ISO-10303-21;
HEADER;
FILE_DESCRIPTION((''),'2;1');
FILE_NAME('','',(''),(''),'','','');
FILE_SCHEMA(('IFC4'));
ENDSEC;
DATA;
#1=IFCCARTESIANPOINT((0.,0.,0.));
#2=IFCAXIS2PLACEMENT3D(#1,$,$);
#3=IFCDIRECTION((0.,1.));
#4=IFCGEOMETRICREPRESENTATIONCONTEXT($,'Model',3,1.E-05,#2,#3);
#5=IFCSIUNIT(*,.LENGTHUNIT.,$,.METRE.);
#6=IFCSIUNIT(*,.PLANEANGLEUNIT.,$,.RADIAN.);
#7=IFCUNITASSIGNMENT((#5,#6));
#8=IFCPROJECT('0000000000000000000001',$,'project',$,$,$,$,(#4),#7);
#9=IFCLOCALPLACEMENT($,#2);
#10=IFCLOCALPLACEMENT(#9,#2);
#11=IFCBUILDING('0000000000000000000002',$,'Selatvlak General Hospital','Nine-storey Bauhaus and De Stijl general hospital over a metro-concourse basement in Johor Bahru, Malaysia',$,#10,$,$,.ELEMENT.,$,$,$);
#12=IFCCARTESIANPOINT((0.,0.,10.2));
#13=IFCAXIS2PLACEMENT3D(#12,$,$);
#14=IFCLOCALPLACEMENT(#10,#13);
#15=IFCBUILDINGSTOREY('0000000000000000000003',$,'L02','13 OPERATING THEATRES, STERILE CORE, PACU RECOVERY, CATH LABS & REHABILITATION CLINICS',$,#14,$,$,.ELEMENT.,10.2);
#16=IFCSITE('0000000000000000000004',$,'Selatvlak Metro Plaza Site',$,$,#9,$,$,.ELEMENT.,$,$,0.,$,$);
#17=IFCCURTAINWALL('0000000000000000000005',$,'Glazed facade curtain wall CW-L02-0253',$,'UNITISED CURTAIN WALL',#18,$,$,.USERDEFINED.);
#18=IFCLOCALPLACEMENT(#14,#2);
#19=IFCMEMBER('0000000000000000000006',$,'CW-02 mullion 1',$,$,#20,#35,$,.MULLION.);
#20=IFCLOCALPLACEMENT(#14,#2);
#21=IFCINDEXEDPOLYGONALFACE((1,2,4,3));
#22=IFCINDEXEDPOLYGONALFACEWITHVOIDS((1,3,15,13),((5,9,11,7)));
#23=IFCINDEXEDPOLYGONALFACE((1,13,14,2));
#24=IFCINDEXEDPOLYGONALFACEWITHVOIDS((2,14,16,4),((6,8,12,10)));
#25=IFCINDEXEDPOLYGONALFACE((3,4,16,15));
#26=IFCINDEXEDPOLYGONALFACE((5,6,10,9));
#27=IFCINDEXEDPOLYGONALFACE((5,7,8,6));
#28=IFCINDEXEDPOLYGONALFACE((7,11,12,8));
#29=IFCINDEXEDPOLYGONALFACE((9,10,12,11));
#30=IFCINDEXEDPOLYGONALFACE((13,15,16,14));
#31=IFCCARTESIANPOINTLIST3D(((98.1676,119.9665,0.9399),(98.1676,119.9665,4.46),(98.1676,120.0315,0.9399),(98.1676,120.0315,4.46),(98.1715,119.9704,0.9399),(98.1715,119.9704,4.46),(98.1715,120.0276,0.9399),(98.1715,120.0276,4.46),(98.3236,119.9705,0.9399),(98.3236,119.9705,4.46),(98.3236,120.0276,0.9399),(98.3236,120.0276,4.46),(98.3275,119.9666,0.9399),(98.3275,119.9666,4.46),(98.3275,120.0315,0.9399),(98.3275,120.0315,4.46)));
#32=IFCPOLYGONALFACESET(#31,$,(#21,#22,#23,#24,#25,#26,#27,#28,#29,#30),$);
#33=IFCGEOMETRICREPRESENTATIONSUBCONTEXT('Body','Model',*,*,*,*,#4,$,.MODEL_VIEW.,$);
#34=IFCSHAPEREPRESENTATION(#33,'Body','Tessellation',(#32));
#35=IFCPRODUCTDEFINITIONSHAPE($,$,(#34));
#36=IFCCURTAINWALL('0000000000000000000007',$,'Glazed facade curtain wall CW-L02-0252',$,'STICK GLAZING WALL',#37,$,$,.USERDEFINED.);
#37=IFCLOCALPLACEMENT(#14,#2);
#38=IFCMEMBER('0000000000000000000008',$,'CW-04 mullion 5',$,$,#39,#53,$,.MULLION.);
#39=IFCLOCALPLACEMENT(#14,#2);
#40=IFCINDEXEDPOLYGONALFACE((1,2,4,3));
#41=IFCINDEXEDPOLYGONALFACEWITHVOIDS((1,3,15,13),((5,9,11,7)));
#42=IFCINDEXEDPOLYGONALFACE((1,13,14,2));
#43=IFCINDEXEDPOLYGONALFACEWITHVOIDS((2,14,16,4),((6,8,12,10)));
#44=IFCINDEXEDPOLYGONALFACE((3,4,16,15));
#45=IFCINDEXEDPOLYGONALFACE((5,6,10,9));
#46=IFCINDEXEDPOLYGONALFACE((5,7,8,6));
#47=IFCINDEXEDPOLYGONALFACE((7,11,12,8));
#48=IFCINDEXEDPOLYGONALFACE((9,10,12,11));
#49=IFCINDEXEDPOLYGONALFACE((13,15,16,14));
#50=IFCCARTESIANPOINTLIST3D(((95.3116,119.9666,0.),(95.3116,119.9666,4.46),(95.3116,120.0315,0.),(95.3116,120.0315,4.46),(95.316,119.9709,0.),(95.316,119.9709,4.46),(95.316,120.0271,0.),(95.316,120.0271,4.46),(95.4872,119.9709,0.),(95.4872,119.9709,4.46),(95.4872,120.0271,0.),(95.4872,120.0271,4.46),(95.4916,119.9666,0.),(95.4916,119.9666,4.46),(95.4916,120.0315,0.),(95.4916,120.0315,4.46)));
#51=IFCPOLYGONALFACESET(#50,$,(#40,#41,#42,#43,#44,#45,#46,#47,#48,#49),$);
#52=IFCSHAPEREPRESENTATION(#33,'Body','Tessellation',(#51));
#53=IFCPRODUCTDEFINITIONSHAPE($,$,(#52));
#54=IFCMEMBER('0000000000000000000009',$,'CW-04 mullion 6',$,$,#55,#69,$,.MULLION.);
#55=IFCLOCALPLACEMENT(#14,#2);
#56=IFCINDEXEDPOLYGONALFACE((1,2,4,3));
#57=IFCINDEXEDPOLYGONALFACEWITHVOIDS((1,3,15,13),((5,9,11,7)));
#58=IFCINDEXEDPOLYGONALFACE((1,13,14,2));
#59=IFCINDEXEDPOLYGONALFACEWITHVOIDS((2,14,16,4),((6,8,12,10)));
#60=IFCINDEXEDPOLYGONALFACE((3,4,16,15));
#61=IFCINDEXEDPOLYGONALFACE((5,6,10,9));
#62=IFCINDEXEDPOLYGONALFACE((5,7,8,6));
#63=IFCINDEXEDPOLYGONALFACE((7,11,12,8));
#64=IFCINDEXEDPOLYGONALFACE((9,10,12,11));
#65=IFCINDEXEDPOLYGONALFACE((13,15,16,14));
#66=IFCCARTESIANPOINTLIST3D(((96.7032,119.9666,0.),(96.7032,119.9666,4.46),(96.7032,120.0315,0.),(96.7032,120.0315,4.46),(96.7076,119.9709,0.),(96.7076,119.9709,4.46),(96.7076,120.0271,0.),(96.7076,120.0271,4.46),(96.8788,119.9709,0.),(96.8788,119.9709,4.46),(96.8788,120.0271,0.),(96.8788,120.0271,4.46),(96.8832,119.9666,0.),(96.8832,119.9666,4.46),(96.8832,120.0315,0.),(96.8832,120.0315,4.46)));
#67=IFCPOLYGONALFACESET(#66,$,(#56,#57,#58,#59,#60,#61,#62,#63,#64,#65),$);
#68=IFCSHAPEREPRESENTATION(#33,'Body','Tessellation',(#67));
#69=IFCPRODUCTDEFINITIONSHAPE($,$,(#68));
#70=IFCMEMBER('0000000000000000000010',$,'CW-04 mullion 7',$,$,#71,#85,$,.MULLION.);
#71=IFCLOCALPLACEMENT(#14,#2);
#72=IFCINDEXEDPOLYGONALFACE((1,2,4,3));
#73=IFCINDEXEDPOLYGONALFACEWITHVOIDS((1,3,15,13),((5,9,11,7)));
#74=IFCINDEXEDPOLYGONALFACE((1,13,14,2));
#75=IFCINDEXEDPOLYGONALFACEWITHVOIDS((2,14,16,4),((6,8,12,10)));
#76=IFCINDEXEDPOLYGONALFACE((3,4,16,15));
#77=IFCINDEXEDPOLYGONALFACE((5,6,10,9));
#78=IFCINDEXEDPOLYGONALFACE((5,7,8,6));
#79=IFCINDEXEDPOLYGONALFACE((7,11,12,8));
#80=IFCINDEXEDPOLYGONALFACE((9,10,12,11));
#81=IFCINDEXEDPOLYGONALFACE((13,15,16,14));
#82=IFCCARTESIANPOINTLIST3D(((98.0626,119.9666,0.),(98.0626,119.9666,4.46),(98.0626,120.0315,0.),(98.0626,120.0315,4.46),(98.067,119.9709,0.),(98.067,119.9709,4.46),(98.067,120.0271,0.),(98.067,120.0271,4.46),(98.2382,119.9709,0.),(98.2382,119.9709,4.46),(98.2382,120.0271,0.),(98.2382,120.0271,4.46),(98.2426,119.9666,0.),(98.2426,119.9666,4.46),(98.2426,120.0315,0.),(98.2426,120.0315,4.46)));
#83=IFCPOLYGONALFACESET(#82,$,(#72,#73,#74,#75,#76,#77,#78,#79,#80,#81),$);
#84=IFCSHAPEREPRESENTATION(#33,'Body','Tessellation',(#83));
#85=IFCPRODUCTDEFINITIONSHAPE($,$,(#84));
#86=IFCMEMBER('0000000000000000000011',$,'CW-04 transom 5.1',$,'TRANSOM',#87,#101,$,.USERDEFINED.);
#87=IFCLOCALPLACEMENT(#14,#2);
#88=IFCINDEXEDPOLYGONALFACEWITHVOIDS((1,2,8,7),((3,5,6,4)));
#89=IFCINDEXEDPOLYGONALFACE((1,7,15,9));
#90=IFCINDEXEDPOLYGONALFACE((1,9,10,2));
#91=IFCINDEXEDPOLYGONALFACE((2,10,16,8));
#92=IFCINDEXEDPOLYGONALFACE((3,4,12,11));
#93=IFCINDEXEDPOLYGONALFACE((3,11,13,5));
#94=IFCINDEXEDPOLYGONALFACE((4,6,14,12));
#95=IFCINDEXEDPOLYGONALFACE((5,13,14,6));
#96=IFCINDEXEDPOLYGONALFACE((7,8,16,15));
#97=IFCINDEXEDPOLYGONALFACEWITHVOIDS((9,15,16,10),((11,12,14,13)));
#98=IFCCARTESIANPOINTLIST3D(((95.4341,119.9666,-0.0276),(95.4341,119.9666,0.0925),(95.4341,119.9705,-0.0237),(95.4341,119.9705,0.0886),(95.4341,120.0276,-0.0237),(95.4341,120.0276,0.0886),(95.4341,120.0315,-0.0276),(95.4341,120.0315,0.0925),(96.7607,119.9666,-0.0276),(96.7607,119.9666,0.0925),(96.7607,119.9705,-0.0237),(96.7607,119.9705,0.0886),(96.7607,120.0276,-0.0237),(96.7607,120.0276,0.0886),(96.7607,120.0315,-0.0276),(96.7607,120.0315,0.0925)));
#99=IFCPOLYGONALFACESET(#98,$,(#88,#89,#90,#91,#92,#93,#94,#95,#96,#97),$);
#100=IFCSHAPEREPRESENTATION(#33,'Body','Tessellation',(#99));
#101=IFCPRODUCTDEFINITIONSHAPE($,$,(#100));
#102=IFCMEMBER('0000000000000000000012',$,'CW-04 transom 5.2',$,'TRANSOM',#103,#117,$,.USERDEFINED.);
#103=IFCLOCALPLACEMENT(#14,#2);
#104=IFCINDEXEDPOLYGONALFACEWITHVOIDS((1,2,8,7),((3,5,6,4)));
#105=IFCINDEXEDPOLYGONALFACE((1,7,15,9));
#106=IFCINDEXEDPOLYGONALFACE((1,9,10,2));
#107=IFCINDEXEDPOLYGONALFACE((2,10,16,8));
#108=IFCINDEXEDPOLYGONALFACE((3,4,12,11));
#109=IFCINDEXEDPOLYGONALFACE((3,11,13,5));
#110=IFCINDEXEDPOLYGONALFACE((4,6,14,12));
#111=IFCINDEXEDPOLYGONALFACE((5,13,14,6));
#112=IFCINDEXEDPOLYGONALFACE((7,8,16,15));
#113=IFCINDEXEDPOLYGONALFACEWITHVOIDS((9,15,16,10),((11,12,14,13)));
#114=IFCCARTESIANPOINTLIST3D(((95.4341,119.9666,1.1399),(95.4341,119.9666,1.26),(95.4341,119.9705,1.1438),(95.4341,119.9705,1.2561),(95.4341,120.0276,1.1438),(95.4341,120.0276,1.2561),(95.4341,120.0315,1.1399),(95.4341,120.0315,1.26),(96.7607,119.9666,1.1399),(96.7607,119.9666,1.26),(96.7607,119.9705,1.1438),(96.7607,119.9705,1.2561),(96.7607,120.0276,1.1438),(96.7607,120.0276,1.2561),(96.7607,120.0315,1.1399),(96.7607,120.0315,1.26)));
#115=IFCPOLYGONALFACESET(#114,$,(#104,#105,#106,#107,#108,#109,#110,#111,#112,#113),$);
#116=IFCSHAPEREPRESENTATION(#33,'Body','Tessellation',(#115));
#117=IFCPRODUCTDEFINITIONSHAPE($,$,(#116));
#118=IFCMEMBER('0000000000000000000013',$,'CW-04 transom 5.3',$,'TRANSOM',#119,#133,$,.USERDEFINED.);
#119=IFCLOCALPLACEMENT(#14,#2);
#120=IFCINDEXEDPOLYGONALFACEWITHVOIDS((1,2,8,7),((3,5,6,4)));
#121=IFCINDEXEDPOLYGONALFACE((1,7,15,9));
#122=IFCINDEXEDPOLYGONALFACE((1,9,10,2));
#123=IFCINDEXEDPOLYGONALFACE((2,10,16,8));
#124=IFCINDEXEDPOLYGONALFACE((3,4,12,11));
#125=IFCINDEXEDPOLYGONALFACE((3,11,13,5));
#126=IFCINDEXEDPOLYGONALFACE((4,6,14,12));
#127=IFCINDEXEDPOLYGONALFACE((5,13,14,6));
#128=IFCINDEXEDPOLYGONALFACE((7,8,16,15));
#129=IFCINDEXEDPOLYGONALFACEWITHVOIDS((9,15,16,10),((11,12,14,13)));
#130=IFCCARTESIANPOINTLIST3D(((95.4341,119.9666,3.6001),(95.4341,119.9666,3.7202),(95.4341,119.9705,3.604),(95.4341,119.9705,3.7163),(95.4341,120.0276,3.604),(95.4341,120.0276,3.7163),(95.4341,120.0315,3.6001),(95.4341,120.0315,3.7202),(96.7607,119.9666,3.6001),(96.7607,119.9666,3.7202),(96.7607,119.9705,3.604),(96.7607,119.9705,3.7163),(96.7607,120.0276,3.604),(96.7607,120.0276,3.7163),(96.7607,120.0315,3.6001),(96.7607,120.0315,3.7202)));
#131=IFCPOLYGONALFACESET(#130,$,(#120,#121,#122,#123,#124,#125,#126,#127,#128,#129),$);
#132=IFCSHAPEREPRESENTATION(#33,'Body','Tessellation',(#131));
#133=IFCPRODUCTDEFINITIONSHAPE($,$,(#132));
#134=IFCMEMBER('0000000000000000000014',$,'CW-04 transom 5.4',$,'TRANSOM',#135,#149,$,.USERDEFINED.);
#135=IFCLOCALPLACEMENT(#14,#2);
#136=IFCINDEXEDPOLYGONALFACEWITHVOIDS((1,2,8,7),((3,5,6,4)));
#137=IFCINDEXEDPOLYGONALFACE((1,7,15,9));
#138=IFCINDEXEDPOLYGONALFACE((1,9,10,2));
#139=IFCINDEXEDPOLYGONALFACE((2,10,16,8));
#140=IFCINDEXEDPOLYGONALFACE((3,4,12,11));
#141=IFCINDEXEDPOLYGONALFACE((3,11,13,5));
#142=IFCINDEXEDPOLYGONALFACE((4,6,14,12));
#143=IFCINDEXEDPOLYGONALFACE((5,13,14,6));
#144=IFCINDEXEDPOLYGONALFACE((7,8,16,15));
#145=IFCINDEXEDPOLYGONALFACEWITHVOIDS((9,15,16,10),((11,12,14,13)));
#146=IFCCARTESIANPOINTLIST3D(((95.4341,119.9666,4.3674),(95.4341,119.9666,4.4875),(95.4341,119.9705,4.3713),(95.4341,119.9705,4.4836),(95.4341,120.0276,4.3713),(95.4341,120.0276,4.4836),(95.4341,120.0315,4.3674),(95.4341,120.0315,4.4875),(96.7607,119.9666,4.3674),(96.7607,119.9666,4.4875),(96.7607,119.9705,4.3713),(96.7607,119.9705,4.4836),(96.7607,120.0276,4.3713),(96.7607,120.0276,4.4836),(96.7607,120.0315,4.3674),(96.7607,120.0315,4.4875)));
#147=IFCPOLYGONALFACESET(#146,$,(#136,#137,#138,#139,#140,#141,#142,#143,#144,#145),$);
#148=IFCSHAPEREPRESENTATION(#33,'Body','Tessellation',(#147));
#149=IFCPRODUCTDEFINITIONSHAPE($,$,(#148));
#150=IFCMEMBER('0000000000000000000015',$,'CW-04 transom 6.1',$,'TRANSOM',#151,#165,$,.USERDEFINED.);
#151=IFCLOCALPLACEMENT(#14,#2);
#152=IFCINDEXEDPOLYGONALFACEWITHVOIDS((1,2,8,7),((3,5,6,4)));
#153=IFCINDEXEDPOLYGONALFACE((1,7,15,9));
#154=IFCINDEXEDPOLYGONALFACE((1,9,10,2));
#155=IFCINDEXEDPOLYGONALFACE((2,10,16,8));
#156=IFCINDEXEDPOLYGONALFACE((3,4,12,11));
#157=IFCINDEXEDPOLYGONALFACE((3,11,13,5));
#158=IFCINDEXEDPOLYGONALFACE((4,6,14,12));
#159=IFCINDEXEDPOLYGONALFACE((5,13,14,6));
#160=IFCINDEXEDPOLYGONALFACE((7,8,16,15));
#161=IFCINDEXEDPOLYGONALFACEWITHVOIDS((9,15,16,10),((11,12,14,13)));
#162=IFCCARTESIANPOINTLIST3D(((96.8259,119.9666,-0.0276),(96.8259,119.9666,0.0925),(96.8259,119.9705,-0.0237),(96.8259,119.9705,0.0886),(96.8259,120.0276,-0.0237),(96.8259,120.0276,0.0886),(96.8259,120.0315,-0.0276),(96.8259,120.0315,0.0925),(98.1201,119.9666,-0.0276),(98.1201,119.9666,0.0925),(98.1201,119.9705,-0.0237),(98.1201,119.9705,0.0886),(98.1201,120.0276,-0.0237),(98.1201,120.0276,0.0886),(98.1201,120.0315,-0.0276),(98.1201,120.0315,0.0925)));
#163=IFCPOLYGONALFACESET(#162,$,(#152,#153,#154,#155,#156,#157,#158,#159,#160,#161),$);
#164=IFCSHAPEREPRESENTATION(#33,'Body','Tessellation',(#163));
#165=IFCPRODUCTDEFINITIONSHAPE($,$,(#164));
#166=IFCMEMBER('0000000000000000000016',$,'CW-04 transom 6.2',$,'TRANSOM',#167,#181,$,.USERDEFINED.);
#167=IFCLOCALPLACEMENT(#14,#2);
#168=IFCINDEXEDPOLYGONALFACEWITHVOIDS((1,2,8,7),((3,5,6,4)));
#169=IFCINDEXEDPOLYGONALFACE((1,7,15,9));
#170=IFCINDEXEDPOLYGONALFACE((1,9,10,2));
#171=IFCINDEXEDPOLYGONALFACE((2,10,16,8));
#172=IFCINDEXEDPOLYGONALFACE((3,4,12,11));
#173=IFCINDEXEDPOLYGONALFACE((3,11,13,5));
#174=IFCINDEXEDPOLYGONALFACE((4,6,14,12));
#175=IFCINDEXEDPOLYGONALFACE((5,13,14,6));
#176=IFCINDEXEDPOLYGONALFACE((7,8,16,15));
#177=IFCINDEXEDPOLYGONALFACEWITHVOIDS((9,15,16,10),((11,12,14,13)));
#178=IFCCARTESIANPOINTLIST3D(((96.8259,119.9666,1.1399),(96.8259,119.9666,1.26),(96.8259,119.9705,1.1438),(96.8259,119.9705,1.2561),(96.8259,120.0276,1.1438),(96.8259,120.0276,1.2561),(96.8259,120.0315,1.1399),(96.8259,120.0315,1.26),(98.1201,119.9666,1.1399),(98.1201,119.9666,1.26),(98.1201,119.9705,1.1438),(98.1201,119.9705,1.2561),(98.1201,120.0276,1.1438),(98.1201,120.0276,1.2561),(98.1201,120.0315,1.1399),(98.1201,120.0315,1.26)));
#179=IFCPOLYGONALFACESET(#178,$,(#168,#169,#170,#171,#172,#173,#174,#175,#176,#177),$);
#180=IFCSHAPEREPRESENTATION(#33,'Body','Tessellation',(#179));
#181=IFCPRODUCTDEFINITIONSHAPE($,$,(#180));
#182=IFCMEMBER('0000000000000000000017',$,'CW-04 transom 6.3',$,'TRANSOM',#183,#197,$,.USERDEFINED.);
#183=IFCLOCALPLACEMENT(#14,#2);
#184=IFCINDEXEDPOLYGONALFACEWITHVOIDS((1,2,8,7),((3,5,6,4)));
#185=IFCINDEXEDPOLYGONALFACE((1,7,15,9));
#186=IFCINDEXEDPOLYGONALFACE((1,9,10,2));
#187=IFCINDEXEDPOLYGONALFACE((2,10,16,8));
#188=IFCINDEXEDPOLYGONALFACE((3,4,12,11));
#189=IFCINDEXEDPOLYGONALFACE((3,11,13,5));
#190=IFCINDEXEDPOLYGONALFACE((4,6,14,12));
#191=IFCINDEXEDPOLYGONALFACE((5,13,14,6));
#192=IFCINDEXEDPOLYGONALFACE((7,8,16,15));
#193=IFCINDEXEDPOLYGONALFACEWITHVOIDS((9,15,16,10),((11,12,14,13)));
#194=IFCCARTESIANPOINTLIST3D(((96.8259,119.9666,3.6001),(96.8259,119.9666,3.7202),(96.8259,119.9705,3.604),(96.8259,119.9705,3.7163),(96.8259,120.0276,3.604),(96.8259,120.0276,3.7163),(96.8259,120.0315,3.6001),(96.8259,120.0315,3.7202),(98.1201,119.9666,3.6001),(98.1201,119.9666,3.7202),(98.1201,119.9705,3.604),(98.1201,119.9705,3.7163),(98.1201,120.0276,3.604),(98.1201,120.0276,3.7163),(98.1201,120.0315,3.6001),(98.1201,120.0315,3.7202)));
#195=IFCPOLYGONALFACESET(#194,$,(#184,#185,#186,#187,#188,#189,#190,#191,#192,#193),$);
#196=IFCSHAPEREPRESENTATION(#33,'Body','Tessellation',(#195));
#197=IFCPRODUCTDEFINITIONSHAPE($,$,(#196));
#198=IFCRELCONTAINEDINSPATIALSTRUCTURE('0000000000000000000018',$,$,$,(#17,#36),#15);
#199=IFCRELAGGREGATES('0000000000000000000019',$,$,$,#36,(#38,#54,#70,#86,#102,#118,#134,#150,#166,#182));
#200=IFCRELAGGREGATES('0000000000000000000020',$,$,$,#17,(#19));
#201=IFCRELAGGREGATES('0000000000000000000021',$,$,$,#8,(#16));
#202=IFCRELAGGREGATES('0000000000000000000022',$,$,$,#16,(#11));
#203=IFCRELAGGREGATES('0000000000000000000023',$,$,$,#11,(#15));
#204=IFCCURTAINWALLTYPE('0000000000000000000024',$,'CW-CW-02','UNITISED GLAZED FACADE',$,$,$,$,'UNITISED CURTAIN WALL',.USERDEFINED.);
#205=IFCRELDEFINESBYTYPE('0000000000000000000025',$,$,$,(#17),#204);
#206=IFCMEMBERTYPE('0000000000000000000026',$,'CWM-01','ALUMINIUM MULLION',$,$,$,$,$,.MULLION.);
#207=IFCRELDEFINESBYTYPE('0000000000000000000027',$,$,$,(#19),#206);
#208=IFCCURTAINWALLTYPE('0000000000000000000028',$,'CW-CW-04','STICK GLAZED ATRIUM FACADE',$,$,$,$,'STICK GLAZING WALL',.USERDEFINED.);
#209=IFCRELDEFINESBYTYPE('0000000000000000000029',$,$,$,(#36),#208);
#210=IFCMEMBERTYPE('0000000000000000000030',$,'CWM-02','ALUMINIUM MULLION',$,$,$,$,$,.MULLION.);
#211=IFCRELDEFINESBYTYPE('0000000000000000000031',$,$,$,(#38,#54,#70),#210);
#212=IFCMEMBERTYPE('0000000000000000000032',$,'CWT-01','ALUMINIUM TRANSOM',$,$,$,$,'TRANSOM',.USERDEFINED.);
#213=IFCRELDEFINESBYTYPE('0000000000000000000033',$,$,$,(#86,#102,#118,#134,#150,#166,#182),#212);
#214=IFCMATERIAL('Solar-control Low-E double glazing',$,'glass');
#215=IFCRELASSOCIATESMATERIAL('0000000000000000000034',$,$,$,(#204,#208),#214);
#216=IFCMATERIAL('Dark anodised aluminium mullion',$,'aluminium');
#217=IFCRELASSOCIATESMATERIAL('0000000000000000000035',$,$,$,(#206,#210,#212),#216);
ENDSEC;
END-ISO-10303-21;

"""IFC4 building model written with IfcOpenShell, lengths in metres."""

from ifc_helpers import new_model, si_unit, direction, frame, origin, origin_2d, place, context, subcontext, project, spatial, hollow_rectangle, extrude, material, material_profile, profile_set, type_object, element, aggregate, save


model = new_model("IFC4")

# Units and contexts
model_context = context("Model", 3, precision=1e-05, world=origin(), true_north=direction((0.0, 1.0)))
body_context = subcontext(model_context, "Body", "Model", "MODEL_VIEW")
ifc_project = project(units=[si_unit("LENGTHUNIT", "METRE"), si_unit("PLANEANGLEUNIT", "RADIAN")], contexts=[model_context])

# Site, building, storey
site_placement = place(None, origin())
site = spatial("IfcSite", under=ifc_project, at=site_placement, Name="Selatvlak Metro Plaza Site", CompositionType="ELEMENT", RefElevation=0.0)
building_placement = place(site_placement, origin())
building = spatial("IfcBuilding", under=site, at=building_placement, Name="Selatvlak General Hospital", Description="Nine-storey Bauhaus and De Stijl general hospital over a metro-concourse basement in Johor Bahru, Malaysia", CompositionType="ELEMENT")
storey_placement = place(building_placement, frame((0.0, 0.0, 10.2)))
storey = spatial("IfcBuildingStorey", under=building, at=storey_placement, Name="L02", Description="13 OPERATING THEATRES, STERILE CORE, PACU RECOVERY, CATH LABS & REHABILITATION CLINICS", CompositionType="ELEMENT", Elevation=10.2)

# Curtain wall, member
ifc_material_1 = material(Name="Solar-control Low-E double glazing", Category="glass")
curtain_wall_type_1 = type_object("IfcCurtainWallType", Name="CW-CW-02", Description="UNITISED GLAZED FACADE", ElementType="UNITISED CURTAIN WALL", PredefinedType="USERDEFINED", material=ifc_material_1)
curtain_wall_1_placement = place(storey_placement, origin())
curtain_wall_1 = element("IfcCurtainWall", 1, at=curtain_wall_1_placement, inside=storey, type_object=curtain_wall_type_1, Name="Glazed facade curtain wall CW-L02-0253", ObjectType="UNITISED CURTAIN WALL", PredefinedType="USERDEFINED")
ifc_material_2 = material(Name="Dark anodised aluminium mullion", Category="aluminium")
ifc_material_profile_1 = material_profile(ifc_material_2, hollow_rectangle(XDim=0.0649, YDim=0.1599, WallThickness=0.0039, at=origin_2d()), Name="AL-MUL 65x160x4")
ifc_profile_set_1 = profile_set([ifc_material_profile_1], Name="Dark anodised aluminium mullion")
member_type_1 = type_object("IfcMemberType", Name="CWM-01", Description="ALUMINIUM MULLION", PredefinedType="MULLION", material=ifc_profile_set_1)
member_1_placement = place(storey_placement, frame((98.2476, 119.999, 0.9399), z_axis=(0.0, 0.0, 1.0), x_axis=(-0.00012, 1.0, 0.0)))
member_1 = element("IfcMember", 2, at=member_1_placement, type_object=member_type_1, Name="CW-02 mullion 1", PredefinedType="MULLION", context=body_context, shape_type="SweptSolid", body=[
    extrude(hollow_rectangle(XDim=0.0649, YDim=0.1599, WallThickness=0.0039, at=origin_2d()), origin(), (0.0, 0.0, 1.0), 3.52),
])

# Curtain wall, members
curtain_wall_type_2 = type_object("IfcCurtainWallType", Name="CW-CW-04", Description="STICK GLAZED ATRIUM FACADE", ElementType="STICK GLAZING WALL", PredefinedType="USERDEFINED", material=ifc_material_1)
curtain_wall_2_placement = place(storey_placement, origin())
curtain_wall_2 = element("IfcCurtainWall", 3, at=curtain_wall_2_placement, inside=storey, type_object=curtain_wall_type_2, Name="Glazed facade curtain wall CW-L02-0252", ObjectType="STICK GLAZING WALL", PredefinedType="USERDEFINED")
ifc_material_profile_2 = material_profile(ifc_material_2, hollow_rectangle(XDim=0.0649, YDim=0.1799, WallThickness=0.0044, at=origin_2d()), Name="AL-MUL 65x180x4.5")
ifc_profile_set_2 = profile_set([ifc_material_profile_2], Name="Dark anodised aluminium mullion")
member_type_2 = type_object("IfcMemberType", Name="CWM-02", Description="ALUMINIUM MULLION", PredefinedType="MULLION", material=ifc_profile_set_2)
member_2_placement = place(storey_placement, frame((95.4016, 119.999, 0.0), z_axis=(0.0, 0.0, 1.0), x_axis=(0.0, 1.0, 0.0)))
member_2 = element("IfcMember", 4, at=member_2_placement, type_object=member_type_2, Name="CW-04 mullion 5", PredefinedType="MULLION", context=body_context, shape_type="SweptSolid", body=[
    extrude(hollow_rectangle(XDim=0.0649, YDim=0.1799, WallThickness=0.0044, at=origin_2d()), origin(), (0.0, 0.0, 1.0), 4.46),
])
member_3_placement = place(storey_placement, frame((96.7932, 119.999, 0.0), z_axis=(0.0, 0.0, 1.0), x_axis=(0.0, 1.0, 0.0)))
member_3 = element("IfcMember", 5, at=member_3_placement, type_object=member_type_2, Name="CW-04 mullion 6", PredefinedType="MULLION", context=body_context, shape_type="SweptSolid", body=[
    extrude(hollow_rectangle(XDim=0.0649, YDim=0.1799, WallThickness=0.0044, at=origin_2d()), origin(), (0.0, 0.0, 1.0), 4.46),
])
member_4_placement = place(storey_placement, frame((98.1526, 119.999, 0.0), z_axis=(0.0, 0.0, 1.0), x_axis=(0.0, 1.0, 0.0)))
member_4 = element("IfcMember", 6, at=member_4_placement, type_object=member_type_2, Name="CW-04 mullion 7", PredefinedType="MULLION", context=body_context, shape_type="SweptSolid", body=[
    extrude(hollow_rectangle(XDim=0.0649, YDim=0.1799, WallThickness=0.0044, at=origin_2d()), origin(), (0.0, 0.0, 1.0), 4.46),
])
ifc_material_profile_3 = material_profile(ifc_material_2, hollow_rectangle(XDim=0.0649, YDim=0.1201, WallThickness=0.0039, at=origin_2d()), Name="AL-TRN 65x120x4")
ifc_profile_set_3 = profile_set([ifc_material_profile_3], Name="Dark anodised aluminium mullion")
member_type_3 = type_object("IfcMemberType", Name="CWT-01", Description="ALUMINIUM TRANSOM", ElementType="TRANSOM", PredefinedType="USERDEFINED", material=ifc_profile_set_3)
member_5_placement = place(storey_placement, frame((95.4341, 119.999, 0.0325), z_axis=(1.0, 0.0, 0.0), x_axis=(0.0, 1.0, 0.0)))
member_5 = element("IfcMember", 7, at=member_5_placement, type_object=member_type_3, Name="CW-04 transom 5.1", ObjectType="TRANSOM", PredefinedType="USERDEFINED", context=body_context, shape_type="SweptSolid", body=[
    extrude(hollow_rectangle(XDim=0.0649, YDim=0.1201, WallThickness=0.0039, at=origin_2d()), origin(), (0.0, 0.0, 1.0), 1.3267),
])
member_6_placement = place(storey_placement, frame((95.4341, 119.999, 1.2), z_axis=(1.0, 0.0, 0.0), x_axis=(0.0, 1.0, 0.0)))
member_6 = element("IfcMember", 8, at=member_6_placement, type_object=member_type_3, Name="CW-04 transom 5.2", ObjectType="TRANSOM", PredefinedType="USERDEFINED", context=body_context, shape_type="SweptSolid", body=[
    extrude(hollow_rectangle(XDim=0.0649, YDim=0.1201, WallThickness=0.0039, at=origin_2d()), origin(), (0.0, 0.0, 1.0), 1.3267),
])
member_7_placement = place(storey_placement, frame((95.4341, 119.999, 3.6602), z_axis=(1.0, 0.0, 0.0), x_axis=(0.0, 1.0, 0.0)))
member_7 = element("IfcMember", 9, at=member_7_placement, type_object=member_type_3, Name="CW-04 transom 5.3", ObjectType="TRANSOM", PredefinedType="USERDEFINED", context=body_context, shape_type="SweptSolid", body=[
    extrude(hollow_rectangle(XDim=0.0649, YDim=0.1201, WallThickness=0.0039, at=origin_2d()), origin(), (0.0, 0.0, 1.0), 1.3267),
])
member_8_placement = place(storey_placement, frame((95.4341, 119.999, 4.4275), z_axis=(1.0, 0.0, 0.0), x_axis=(0.0, 1.0, 0.0)))
member_8 = element("IfcMember", 10, at=member_8_placement, type_object=member_type_3, Name="CW-04 transom 5.4", ObjectType="TRANSOM", PredefinedType="USERDEFINED", context=body_context, shape_type="SweptSolid", body=[
    extrude(hollow_rectangle(XDim=0.0649, YDim=0.1201, WallThickness=0.0039, at=origin_2d()), origin(), (0.0, 0.0, 1.0), 1.3267),
])
member_9_placement = place(storey_placement, frame((96.8259, 119.999, 0.0325), z_axis=(1.0, 0.0, 0.0), x_axis=(0.0, 1.0, 0.0)))
member_9 = element("IfcMember", 11, at=member_9_placement, type_object=member_type_3, Name="CW-04 transom 6.1", ObjectType="TRANSOM", PredefinedType="USERDEFINED", context=body_context, shape_type="SweptSolid", body=[
    extrude(hollow_rectangle(XDim=0.0649, YDim=0.1201, WallThickness=0.0039, at=origin_2d()), origin(), (0.0, 0.0, 1.0), 1.2942),
])
member_10_placement = place(storey_placement, frame((96.8259, 119.999, 1.2), z_axis=(1.0, 0.0, 0.0), x_axis=(0.0, 1.0, 0.0)))
member_10 = element("IfcMember", 12, at=member_10_placement, type_object=member_type_3, Name="CW-04 transom 6.2", ObjectType="TRANSOM", PredefinedType="USERDEFINED", context=body_context, shape_type="SweptSolid", body=[
    extrude(hollow_rectangle(XDim=0.0649, YDim=0.1201, WallThickness=0.0039, at=origin_2d()), origin(), (0.0, 0.0, 1.0), 1.2942),
])
member_11_placement = place(storey_placement, frame((96.8259, 119.999, 3.6602), z_axis=(1.0, 0.0, 0.0), x_axis=(0.0, 1.0, 0.0)))
member_11 = element("IfcMember", 13, at=member_11_placement, type_object=member_type_3, Name="CW-04 transom 6.3", ObjectType="TRANSOM", PredefinedType="USERDEFINED", context=body_context, shape_type="SweptSolid", body=[
    extrude(hollow_rectangle(XDim=0.0649, YDim=0.1201, WallThickness=0.0039, at=origin_2d()), origin(), (0.0, 0.0, 1.0), 1.2942),
])

aggregate(curtain_wall_2, [member_2, member_3, member_4, member_5, member_6, member_7, member_8, member_9, member_10, member_11])
aggregate(curtain_wall_1, [member_1])

save(model, "model.ifc")
